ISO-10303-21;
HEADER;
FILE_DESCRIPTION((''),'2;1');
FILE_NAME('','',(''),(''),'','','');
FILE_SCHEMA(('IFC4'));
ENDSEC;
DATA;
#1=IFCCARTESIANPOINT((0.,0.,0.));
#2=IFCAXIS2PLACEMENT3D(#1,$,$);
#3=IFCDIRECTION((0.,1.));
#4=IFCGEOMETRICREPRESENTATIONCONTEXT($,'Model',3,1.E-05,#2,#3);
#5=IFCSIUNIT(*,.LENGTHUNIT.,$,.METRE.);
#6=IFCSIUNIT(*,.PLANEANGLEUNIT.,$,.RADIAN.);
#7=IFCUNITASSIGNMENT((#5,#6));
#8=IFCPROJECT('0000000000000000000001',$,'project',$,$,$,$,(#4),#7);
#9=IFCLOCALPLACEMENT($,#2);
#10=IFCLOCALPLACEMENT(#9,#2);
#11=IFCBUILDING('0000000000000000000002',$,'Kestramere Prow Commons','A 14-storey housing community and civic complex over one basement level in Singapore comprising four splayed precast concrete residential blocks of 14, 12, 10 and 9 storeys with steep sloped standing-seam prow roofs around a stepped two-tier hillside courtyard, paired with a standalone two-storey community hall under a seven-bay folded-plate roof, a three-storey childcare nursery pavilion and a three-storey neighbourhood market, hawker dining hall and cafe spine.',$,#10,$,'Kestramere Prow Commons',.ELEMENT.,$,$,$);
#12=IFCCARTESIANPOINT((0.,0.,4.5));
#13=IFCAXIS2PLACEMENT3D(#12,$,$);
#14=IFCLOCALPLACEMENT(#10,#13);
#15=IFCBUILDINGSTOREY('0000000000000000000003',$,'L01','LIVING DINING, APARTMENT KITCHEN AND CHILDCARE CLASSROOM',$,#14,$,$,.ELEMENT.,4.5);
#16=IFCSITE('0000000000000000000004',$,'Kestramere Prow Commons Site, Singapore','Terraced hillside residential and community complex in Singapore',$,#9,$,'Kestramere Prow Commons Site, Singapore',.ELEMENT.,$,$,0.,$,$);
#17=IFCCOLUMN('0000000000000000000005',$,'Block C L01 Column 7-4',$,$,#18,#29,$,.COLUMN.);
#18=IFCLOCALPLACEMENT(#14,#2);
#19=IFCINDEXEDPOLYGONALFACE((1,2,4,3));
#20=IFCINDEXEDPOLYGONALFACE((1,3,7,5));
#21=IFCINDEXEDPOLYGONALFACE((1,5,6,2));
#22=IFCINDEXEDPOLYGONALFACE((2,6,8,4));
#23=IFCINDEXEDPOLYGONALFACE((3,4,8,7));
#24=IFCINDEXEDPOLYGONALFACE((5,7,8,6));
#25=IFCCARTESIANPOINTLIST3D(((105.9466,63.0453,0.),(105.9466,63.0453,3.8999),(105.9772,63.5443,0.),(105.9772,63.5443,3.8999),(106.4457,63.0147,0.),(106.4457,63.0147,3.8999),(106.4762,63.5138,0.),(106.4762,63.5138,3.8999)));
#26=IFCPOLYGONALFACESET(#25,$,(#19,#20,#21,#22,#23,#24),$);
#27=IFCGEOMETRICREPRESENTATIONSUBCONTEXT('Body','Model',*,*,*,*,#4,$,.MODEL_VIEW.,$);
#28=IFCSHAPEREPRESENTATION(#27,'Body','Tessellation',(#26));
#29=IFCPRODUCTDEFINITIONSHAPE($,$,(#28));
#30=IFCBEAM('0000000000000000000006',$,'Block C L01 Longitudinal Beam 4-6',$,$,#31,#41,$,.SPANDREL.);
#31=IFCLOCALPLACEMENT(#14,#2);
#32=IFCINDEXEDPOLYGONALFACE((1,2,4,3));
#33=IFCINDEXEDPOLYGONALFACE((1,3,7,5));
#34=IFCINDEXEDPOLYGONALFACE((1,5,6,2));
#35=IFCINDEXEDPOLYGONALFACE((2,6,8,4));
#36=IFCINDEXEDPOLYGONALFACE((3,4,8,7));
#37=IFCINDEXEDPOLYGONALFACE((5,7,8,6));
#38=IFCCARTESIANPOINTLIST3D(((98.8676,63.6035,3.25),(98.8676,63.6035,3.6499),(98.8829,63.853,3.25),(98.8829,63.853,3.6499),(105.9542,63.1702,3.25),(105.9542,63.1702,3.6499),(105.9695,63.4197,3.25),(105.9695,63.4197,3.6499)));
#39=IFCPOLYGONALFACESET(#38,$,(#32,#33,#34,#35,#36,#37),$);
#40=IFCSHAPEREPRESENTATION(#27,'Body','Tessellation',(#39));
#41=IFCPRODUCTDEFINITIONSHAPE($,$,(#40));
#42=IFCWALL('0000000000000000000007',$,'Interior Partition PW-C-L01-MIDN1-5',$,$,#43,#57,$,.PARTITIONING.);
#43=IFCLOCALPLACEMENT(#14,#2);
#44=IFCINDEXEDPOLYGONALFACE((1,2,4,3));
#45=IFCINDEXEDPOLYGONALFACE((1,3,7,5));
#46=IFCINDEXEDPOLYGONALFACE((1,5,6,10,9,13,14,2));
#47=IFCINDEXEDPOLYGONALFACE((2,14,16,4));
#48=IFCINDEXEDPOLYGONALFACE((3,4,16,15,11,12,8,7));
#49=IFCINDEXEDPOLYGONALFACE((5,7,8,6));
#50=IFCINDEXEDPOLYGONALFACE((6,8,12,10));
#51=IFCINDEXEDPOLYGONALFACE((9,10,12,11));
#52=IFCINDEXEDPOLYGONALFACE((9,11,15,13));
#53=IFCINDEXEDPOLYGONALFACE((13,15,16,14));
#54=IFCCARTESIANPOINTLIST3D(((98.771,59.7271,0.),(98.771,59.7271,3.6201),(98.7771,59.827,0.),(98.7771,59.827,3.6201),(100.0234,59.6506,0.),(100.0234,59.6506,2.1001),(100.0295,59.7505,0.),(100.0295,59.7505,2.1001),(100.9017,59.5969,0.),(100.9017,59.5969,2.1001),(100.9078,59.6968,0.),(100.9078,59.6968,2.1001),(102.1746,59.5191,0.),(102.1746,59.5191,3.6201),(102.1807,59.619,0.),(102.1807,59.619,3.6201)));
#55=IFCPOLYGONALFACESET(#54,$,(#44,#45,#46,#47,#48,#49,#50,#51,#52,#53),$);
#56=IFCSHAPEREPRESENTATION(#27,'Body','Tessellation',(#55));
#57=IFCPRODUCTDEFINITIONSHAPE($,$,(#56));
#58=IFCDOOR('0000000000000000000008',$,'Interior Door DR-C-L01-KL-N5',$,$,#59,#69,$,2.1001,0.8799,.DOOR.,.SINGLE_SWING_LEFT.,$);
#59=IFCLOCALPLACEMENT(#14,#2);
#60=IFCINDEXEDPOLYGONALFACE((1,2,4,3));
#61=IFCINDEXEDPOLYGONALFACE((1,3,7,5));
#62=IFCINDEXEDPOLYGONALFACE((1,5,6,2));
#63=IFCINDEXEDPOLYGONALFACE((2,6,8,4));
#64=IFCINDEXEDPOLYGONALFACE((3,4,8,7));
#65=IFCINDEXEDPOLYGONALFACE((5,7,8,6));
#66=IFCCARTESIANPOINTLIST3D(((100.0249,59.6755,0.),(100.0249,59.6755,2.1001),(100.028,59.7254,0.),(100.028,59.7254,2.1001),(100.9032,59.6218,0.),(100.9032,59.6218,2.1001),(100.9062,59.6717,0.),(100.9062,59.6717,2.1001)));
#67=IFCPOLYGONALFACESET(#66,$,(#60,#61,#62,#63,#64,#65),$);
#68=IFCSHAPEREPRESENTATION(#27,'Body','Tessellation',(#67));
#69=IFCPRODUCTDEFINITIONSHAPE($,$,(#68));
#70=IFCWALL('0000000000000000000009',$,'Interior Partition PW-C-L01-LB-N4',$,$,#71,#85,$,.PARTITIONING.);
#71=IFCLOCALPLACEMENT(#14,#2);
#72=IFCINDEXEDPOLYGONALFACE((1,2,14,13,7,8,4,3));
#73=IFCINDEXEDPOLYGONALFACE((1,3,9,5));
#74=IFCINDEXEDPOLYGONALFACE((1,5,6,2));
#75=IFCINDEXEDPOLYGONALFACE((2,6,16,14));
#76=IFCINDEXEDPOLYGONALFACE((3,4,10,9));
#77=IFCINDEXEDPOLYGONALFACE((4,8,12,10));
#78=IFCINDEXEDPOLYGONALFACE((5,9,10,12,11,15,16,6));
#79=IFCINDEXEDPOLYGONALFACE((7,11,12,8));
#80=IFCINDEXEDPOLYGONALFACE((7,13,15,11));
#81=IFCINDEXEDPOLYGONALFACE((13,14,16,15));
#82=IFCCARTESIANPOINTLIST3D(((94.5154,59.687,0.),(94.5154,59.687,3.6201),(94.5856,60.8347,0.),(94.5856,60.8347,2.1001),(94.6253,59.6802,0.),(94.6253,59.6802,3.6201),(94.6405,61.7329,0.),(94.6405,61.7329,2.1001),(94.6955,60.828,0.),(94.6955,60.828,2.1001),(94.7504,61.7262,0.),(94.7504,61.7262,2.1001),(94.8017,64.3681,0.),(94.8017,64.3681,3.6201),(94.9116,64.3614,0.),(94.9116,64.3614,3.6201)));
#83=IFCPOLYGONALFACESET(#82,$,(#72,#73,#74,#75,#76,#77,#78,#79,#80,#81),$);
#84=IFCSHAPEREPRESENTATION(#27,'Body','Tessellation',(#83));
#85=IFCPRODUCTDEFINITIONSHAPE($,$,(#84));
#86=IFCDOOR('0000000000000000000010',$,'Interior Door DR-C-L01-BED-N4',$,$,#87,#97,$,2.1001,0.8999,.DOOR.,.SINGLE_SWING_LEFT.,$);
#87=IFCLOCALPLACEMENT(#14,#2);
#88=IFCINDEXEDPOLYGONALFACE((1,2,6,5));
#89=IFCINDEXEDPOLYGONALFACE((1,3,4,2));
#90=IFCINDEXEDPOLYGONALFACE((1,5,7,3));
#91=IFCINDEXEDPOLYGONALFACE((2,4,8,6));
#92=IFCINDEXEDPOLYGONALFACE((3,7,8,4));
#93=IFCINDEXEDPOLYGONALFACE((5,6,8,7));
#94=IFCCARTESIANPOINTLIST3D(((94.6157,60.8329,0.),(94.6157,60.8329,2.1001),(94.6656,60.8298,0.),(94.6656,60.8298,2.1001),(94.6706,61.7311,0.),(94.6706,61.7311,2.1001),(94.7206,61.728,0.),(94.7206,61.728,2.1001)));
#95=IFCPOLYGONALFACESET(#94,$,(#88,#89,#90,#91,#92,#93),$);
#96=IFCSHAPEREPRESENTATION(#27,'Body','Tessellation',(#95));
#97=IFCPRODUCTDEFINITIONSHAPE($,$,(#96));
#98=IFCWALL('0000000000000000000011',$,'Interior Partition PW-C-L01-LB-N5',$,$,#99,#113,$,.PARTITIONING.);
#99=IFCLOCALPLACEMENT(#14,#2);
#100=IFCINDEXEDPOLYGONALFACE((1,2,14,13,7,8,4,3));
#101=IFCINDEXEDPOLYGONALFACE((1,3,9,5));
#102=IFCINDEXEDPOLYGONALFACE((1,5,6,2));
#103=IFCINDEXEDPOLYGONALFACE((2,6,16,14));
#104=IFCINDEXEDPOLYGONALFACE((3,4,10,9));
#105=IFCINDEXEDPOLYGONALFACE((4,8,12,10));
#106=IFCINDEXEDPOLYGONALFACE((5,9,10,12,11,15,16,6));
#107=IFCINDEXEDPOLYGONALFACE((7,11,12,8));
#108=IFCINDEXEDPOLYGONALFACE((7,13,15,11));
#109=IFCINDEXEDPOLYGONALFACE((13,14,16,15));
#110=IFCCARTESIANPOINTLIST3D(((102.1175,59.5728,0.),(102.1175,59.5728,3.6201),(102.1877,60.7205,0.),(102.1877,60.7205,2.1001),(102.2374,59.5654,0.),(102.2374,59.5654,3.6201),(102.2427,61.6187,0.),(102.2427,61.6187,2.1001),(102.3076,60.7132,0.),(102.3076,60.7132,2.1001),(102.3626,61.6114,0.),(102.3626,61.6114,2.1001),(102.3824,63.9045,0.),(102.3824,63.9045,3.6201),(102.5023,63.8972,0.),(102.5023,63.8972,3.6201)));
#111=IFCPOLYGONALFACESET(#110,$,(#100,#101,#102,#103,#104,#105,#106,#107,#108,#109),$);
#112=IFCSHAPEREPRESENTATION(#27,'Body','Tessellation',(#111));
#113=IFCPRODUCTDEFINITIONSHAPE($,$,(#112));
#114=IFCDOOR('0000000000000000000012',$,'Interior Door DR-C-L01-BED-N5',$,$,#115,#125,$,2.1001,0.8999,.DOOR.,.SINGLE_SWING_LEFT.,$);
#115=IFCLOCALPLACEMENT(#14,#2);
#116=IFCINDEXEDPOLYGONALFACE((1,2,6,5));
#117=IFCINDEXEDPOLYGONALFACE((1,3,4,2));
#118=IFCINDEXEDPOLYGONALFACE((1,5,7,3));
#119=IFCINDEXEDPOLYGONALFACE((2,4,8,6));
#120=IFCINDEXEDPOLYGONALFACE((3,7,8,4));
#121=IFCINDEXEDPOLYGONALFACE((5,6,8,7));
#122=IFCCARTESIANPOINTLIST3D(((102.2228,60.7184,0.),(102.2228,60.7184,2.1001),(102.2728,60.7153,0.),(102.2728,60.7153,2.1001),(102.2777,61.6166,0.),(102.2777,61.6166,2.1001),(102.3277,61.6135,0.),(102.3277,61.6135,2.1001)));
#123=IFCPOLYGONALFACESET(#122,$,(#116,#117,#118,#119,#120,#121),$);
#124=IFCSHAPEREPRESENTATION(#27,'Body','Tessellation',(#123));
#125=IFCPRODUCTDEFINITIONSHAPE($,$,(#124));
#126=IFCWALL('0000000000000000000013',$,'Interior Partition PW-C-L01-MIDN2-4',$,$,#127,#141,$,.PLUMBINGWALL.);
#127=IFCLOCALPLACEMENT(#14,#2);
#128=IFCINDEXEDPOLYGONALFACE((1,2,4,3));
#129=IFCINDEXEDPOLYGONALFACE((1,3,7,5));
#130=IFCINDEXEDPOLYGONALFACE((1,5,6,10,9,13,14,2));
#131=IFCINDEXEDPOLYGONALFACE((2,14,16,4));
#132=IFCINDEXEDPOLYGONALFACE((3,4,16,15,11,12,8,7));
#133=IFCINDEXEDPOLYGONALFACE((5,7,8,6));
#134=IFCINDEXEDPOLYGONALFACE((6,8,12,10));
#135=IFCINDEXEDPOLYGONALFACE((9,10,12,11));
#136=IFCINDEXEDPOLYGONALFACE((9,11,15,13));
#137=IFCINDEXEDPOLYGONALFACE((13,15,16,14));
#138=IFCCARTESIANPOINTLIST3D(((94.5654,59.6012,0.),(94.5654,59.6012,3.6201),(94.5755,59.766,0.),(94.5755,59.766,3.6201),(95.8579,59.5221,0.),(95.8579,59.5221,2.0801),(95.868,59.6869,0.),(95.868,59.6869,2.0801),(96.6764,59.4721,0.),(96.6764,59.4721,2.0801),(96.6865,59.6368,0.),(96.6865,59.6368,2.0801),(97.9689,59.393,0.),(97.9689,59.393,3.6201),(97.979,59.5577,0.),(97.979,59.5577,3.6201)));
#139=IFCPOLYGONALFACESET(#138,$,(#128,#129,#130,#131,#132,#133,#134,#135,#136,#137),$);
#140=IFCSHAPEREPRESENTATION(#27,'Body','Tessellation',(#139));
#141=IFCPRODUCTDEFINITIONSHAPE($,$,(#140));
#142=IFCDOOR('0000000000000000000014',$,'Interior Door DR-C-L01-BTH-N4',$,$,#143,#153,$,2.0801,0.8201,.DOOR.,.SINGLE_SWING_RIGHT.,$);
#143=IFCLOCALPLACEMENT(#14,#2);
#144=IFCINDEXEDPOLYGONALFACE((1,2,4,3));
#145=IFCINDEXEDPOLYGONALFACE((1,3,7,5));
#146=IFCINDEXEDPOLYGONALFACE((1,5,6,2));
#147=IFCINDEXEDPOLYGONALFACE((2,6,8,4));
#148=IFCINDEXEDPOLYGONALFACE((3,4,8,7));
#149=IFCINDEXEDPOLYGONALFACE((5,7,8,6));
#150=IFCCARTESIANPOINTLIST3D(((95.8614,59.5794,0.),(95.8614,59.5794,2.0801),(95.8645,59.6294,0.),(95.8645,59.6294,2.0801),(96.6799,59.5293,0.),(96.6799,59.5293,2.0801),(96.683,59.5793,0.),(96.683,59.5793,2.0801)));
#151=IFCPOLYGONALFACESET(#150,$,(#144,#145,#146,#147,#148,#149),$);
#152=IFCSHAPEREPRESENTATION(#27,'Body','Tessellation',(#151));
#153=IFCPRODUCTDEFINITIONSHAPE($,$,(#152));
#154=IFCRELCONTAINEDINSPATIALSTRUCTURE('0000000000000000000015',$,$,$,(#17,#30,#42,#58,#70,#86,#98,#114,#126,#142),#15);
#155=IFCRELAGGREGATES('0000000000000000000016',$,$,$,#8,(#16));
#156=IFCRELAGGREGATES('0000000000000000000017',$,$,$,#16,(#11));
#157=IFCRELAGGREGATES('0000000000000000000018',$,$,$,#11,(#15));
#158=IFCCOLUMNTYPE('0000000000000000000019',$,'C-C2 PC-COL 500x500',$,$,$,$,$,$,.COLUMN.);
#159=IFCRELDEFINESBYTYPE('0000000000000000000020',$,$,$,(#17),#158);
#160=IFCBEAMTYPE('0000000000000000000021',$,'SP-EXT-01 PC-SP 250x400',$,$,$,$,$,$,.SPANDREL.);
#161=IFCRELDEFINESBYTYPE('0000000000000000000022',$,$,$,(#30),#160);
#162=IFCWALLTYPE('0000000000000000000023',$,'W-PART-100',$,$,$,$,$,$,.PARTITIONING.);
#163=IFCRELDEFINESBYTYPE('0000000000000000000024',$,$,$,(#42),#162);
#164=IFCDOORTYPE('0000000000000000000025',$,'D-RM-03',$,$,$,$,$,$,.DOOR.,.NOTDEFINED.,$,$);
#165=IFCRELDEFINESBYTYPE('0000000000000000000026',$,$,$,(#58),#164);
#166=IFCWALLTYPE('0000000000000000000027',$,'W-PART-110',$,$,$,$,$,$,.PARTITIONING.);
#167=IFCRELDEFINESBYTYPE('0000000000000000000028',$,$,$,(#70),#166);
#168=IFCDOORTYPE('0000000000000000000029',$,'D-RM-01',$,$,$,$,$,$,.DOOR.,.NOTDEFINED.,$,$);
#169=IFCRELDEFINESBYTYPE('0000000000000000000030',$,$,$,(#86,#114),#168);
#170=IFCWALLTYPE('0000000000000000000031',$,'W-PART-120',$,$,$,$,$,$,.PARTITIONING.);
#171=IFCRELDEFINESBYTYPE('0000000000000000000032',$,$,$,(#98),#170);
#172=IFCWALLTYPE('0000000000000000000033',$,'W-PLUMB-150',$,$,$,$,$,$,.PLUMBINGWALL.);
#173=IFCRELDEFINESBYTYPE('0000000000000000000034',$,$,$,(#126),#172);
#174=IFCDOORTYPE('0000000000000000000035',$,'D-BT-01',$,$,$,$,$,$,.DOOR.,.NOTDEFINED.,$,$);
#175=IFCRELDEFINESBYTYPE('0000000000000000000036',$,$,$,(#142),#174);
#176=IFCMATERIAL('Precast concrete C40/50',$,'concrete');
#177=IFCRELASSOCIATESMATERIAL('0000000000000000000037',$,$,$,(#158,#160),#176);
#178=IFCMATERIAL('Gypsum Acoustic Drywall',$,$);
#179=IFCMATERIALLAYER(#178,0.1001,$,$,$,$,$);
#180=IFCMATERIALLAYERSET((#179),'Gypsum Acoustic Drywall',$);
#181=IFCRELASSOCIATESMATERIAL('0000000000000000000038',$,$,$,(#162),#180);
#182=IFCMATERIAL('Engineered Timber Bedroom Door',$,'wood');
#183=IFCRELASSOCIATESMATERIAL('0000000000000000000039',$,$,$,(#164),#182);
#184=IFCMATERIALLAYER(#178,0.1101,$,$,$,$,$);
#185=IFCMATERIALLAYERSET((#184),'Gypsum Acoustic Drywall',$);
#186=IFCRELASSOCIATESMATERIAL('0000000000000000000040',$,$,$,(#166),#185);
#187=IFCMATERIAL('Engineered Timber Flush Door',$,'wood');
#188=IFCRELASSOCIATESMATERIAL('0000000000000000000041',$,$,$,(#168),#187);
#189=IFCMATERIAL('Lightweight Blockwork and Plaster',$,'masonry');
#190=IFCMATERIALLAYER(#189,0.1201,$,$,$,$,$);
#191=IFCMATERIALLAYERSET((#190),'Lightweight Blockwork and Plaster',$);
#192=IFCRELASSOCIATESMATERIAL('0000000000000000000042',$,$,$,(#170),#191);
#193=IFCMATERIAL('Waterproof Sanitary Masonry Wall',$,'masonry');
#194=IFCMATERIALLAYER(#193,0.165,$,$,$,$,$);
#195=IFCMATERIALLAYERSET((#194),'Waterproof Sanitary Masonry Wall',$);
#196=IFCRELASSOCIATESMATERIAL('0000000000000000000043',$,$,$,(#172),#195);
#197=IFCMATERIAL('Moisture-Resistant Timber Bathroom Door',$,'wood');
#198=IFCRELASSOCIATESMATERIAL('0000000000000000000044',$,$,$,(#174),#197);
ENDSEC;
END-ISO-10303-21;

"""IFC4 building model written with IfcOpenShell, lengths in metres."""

from ifc_helpers import new_model, si_unit, direction, frame, frame_2d, origin, origin_2d, place, context, subcontext, project, spatial, rectangle, extrude, material, layer, layer_set, material_profile, profile_set, type_object, element, fill, save


model = new_model("IFC4")

# Units and contexts
model_context = context("Model", 3, precision=1e-05, world=origin(), true_north=direction((0.0, 1.0)))
body_context = subcontext(model_context, "Body", "Model", "MODEL_VIEW")
ifc_project = project(units=[si_unit("LENGTHUNIT", "METRE"), si_unit("PLANEANGLEUNIT", "RADIAN")], contexts=[model_context])

# Site, building, storey
site_placement = place(None, origin())
site = spatial("IfcSite", under=ifc_project, at=site_placement, Name="Kestramere Prow Commons Site, Singapore", Description="Terraced hillside residential and community complex in Singapore", LongName="Kestramere Prow Commons Site, Singapore", CompositionType="ELEMENT", RefElevation=0.0)
building_placement = place(site_placement, origin())
building = spatial("IfcBuilding", under=site, at=building_placement, Name="Kestramere Prow Commons", Description="A 14-storey housing community and civic complex over one basement level in Singapore comprising four splayed precast concrete residential blocks of 14, 12, 10 and 9 storeys with steep sloped standing-seam prow roofs around a stepped two-tier hillside courtyard, paired with a standalone two-storey community hall under a seven-bay folded-plate roof, a three-storey childcare nursery pavilion and a three-storey neighbourhood market, hawker dining hall and cafe spine.", LongName="Kestramere Prow Commons", CompositionType="ELEMENT")
storey_placement = place(building_placement, frame((0.0, 0.0, 4.5)))
storey = spatial("IfcBuildingStorey", under=building, at=storey_placement, Name="L01", Description="LIVING DINING, APARTMENT KITCHEN AND CHILDCARE CLASSROOM", CompositionType="ELEMENT", Elevation=4.5)

# Column
ifc_material_1 = material(Name="Precast concrete C40/50", Category="concrete")
ifc_material_profile_1 = material_profile(ifc_material_1, rectangle(XDim=0.5, YDim=0.5, at=origin_2d()), Name="PC-COL 500x500")
ifc_profile_set_1 = profile_set([ifc_material_profile_1], Name="Precast concrete C40/50")
column_type = type_object("IfcColumnType", Name="C-C2 PC-COL 500x500", PredefinedType="COLUMN", material=ifc_profile_set_1)
column_placement = place(storey_placement, frame((106.2114, 63.2795, 0.0), z_axis=(0.0, 0.0, 1.0), x_axis=(0.998135, -0.061049, 0.0)))
element("IfcColumn", 1, at=column_placement, inside=storey, type_object=column_type, Name="Block C L01 Column 7-4", PredefinedType="COLUMN", context=body_context, shape_type="SweptSolid", body=[
    extrude(rectangle(XDim=0.5, YDim=0.5, at=origin_2d()), origin(), (0.0, 0.0, 1.0), 3.8999),
])

# Beam
ifc_material_profile_2 = material_profile(ifc_material_1, rectangle(XDim=0.25, YDim=0.3999, at=origin_2d()), Name="PC-SP 250x400")
ifc_profile_set_2 = profile_set([ifc_material_profile_2], Name="Precast concrete C40/50")
beam_type = type_object("IfcBeamType", Name="SP-EXT-01 PC-SP 250x400", PredefinedType="SPANDREL", material=ifc_profile_set_2)
beam_placement = place(storey_placement, frame((98.8752, 63.7283, 3.45), z_axis=(0.998136, -0.061036, 0.0), x_axis=(0.061036, 0.998136, 0.0)))
element("IfcBeam", 2, at=beam_placement, inside=storey, type_object=beam_type, Name="Block C L01 Longitudinal Beam 4-6", PredefinedType="SPANDREL", context=body_context, shape_type="SweptSolid", body=[
    extrude(rectangle(XDim=0.25, YDim=0.3999, at=origin_2d()), origin(), (0.0, 0.0, 1.0), 7.0999),
])

# Walls, openings, doors
ifc_material_2 = material(Name="Gypsum Acoustic Drywall")
ifc_layer_1 = layer(ifc_material_2, 0.1001)
ifc_layer_set_1 = layer_set([ifc_layer_1], Name="Gypsum Acoustic Drywall")
wall_type_1 = type_object("IfcWallType", Name="W-PART-100", PredefinedType="PARTITIONING", material=ifc_layer_set_1)
wall_1_placement = place(storey_placement, frame((98.7739, 59.7771, 0.0), z_axis=(0.0, 0.0, 1.0), x_axis=(0.998138, -0.061001, 0.0)))
wall_1 = element("IfcWall", 3, at=wall_1_placement, inside=storey, type_object=wall_type_1, Name="Interior Partition PW-C-L01-MIDN1-5", PredefinedType="PARTITIONING", context=body_context, shape_type="SweptSolid", body=[
    extrude(rectangle(XDim=3.4099, YDim=0.1001, at=frame_2d((1.7051, 0.0))), origin(), (0.0, 0.0, 1.0), 3.6201),
])
opening_1_placement = place(wall_1_placement, frame((1.2549, 0.0, 0.0)))
opening_1 = element("IfcOpeningElement", 4, at=opening_1_placement, cuts=wall_1, PredefinedType="OPENING", context=body_context, shape_type="SweptSolid", body=[
    extrude(rectangle(XDim=0.8799, YDim=2.1001, at=frame_2d((0.4399, 1.05))), frame((0.0, 0.0649, 0.0), z_axis=(0.0, -1.0, 0.0), x_axis=(1.0, 0.0, 0.0)), (0.0, 0.0, 1.0), 0.1301),
])
ifc_material_3 = material(Name="Engineered Timber Bedroom Door", Category="wood")
door_type_1 = type_object("IfcDoorType", Name="D-RM-03", OperationType="NOTDEFINED", PredefinedType="DOOR", material=ifc_material_3)
door_1_placement = place(opening_1_placement, origin())
door_1 = element("IfcDoor", 5, at=door_1_placement, inside=storey, type_object=door_type_1, Name="Interior Door DR-C-L01-KL-N5", OperationType="SINGLE_SWING_LEFT", OverallHeight=2.1001, OverallWidth=0.8799, PredefinedType="DOOR", context=body_context, shape_type="SweptSolid", body=[
    extrude(rectangle(XDim=0.8799, YDim=2.1001, at=frame_2d((0.4399, 1.05))), frame((0.0, 0.0249, 0.0), z_axis=(0.0, -1.0, 0.0), x_axis=(1.0, 0.0, 0.0)), (0.0, 0.0, 1.0), 0.05),
])
fill(opening_1, door_1)
ifc_layer_2 = layer(ifc_material_2, 0.1101)
ifc_layer_set_2 = layer_set([ifc_layer_2], Name="Gypsum Acoustic Drywall")
wall_type_2 = type_object("IfcWallType", Name="W-PART-110", PredefinedType="PARTITIONING", material=ifc_layer_set_2)
wall_2_placement = place(storey_placement, frame((94.5703, 59.6836, 0.0), z_axis=(0.0, 0.0, 1.0), x_axis=(0.061062, 0.998134, 0.0)))
wall_2 = element("IfcWall", 6, at=wall_2_placement, inside=storey, type_object=wall_type_2, Name="Interior Partition PW-C-L01-LB-N4", PredefinedType="PARTITIONING", context=body_context, shape_type="SweptSolid", body=[
    extrude(rectangle(XDim=4.6899, YDim=0.1101, at=frame_2d((2.345, 0.0))), origin(), (0.0, 0.0, 1.0), 3.6201),
])
opening_2_placement = place(wall_2_placement, frame((1.1499, 0.0, 0.0)))
opening_2 = element("IfcOpeningElement", 7, at=opening_2_placement, cuts=wall_2, PredefinedType="OPENING", context=body_context, shape_type="SweptSolid", body=[
    extrude(rectangle(XDim=0.8999, YDim=2.1001, at=frame_2d((0.45, 1.05))), frame((0.0, 0.0701, 0.0), z_axis=(0.0, -1.0, 0.0), x_axis=(1.0, 0.0, 0.0)), (0.0, 0.0, 1.0), 0.1401),
])
ifc_material_4 = material(Name="Engineered Timber Flush Door", Category="wood")
door_type_2 = type_object("IfcDoorType", Name="D-RM-01", OperationType="NOTDEFINED", PredefinedType="DOOR", material=ifc_material_4)
door_2_placement = place(opening_2_placement, origin())
door_2 = element("IfcDoor", 8, at=door_2_placement, inside=storey, type_object=door_type_2, Name="Interior Door DR-C-L01-BED-N4", OperationType="SINGLE_SWING_LEFT", OverallHeight=2.1001, OverallWidth=0.8999, PredefinedType="DOOR", context=body_context, shape_type="SweptSolid", body=[
    extrude(rectangle(XDim=0.8999, YDim=2.1001, at=frame_2d((0.45, 1.05))), frame((0.0, 0.0249, 0.0), z_axis=(0.0, -1.0, 0.0), x_axis=(1.0, 0.0, 0.0)), (0.0, 0.0, 1.0), 0.05),
])
fill(opening_2, door_2)
ifc_material_5 = material(Name="Lightweight Blockwork and Plaster", Category="masonry")
ifc_layer_3 = layer(ifc_material_5, 0.1201)
ifc_layer_set_3 = layer_set([ifc_layer_3], Name="Lightweight Blockwork and Plaster")
wall_type_3 = type_object("IfcWallType", Name="W-PART-120", PredefinedType="PARTITIONING", material=ifc_layer_set_3)
wall_3_placement = place(storey_placement, frame((102.1775, 59.5691, 0.0), z_axis=(0.0, 0.0, 1.0), x_axis=(0.061037, 0.998136, 0.0)))
wall_3 = element("IfcWall", 9, at=wall_3_placement, inside=storey, type_object=wall_type_3, Name="Interior Partition PW-C-L01-LB-N5", PredefinedType="PARTITIONING", context=body_context, shape_type="SweptSolid", body=[
    extrude(rectangle(XDim=4.3398, YDim=0.1201, at=frame_2d((2.1699, 0.0))), origin(), (0.0, 0.0, 1.0), 3.6201),
])
opening_3_placement = place(wall_3_placement, frame((1.1499, 0.0, 0.0)))
opening_3 = element("IfcOpeningElement", 10, at=opening_3_placement, cuts=wall_3, PredefinedType="OPENING", context=body_context, shape_type="SweptSolid", body=[
    extrude(rectangle(XDim=0.8999, YDim=2.1001, at=frame_2d((0.45, 1.05))), frame((0.0, 0.075, 0.0), z_axis=(0.0, -1.0, 0.0), x_axis=(1.0, 0.0, 0.0)), (0.0, 0.0, 1.0), 0.1501),
])
door_3_placement = place(opening_3_placement, origin())
door_3 = element("IfcDoor", 11, at=door_3_placement, inside=storey, type_object=door_type_2, Name="Interior Door DR-C-L01-BED-N5", OperationType="SINGLE_SWING_LEFT", OverallHeight=2.1001, OverallWidth=0.8999, PredefinedType="DOOR", context=body_context, shape_type="SweptSolid", body=[
    extrude(rectangle(XDim=0.8999, YDim=2.1001, at=frame_2d((0.45, 1.05))), frame((0.0, 0.0249, 0.0), z_axis=(0.0, -1.0, 0.0), x_axis=(1.0, 0.0, 0.0)), (0.0, 0.0, 1.0), 0.05),
])
fill(opening_3, door_3)
ifc_material_6 = material(Name="Waterproof Sanitary Masonry Wall", Category="masonry")
ifc_layer_4 = layer(ifc_material_6, 0.165)
ifc_layer_set_4 = layer_set([ifc_layer_4], Name="Waterproof Sanitary Masonry Wall")
wall_type_4 = type_object("IfcWallType", Name="W-PLUMB-150", PredefinedType="PLUMBINGWALL", material=ifc_layer_set_4)
wall_4_placement = place(storey_placement, frame((94.5703, 59.6836, 0.0), z_axis=(0.0, 0.0, 1.0), x_axis=(0.998133, -0.061072, 0.0)))
wall_4 = element("IfcWall", 12, at=wall_4_placement, inside=storey, type_object=wall_type_4, Name="Interior Partition PW-C-L01-MIDN2-4", PredefinedType="PLUMBINGWALL", context=body_context, shape_type="SweptSolid", body=[
    extrude(rectangle(XDim=3.4099, YDim=0.165, at=frame_2d((1.7051, 0.0))), origin(), (0.0, 0.0, 1.0), 3.6201),
])
opening_4_placement = place(wall_4_placement, frame((1.2949, 0.0, 0.0)))
opening_4 = element("IfcOpeningElement", 13, at=opening_4_placement, cuts=wall_4, PredefinedType="OPENING", context=body_context, shape_type="SweptSolid", body=[
    extrude(rectangle(XDim=0.8201, YDim=2.0801, at=frame_2d((0.4102, 1.04))), frame((0.0, 0.0974, 0.0), z_axis=(0.0, -1.0, 0.0), x_axis=(1.0, 0.0, 0.0)), (0.0, 0.0, 1.0), 0.1951),
])
ifc_material_7 = material(Name="Moisture-Resistant Timber Bathroom Door", Category="wood")
door_type_3 = type_object("IfcDoorType", Name="D-BT-01", OperationType="NOTDEFINED", PredefinedType="DOOR", material=ifc_material_7)
door_4_placement = place(opening_4_placement, origin())
door_4 = element("IfcDoor", 14, at=door_4_placement, inside=storey, type_object=door_type_3, Name="Interior Door DR-C-L01-BTH-N4", OperationType="SINGLE_SWING_RIGHT", OverallHeight=2.0801, OverallWidth=0.8201, PredefinedType="DOOR", context=body_context, shape_type="SweptSolid", body=[
    extrude(rectangle(XDim=0.8201, YDim=2.0801, at=frame_2d((0.4102, 1.04))), frame((0.0, 0.0249, 0.0), z_axis=(0.0, -1.0, 0.0), x_axis=(1.0, 0.0, 0.0)), (0.0, 0.0, 1.0), 0.05),
])
fill(opening_4, door_4)

save(model, "model.ifc")
